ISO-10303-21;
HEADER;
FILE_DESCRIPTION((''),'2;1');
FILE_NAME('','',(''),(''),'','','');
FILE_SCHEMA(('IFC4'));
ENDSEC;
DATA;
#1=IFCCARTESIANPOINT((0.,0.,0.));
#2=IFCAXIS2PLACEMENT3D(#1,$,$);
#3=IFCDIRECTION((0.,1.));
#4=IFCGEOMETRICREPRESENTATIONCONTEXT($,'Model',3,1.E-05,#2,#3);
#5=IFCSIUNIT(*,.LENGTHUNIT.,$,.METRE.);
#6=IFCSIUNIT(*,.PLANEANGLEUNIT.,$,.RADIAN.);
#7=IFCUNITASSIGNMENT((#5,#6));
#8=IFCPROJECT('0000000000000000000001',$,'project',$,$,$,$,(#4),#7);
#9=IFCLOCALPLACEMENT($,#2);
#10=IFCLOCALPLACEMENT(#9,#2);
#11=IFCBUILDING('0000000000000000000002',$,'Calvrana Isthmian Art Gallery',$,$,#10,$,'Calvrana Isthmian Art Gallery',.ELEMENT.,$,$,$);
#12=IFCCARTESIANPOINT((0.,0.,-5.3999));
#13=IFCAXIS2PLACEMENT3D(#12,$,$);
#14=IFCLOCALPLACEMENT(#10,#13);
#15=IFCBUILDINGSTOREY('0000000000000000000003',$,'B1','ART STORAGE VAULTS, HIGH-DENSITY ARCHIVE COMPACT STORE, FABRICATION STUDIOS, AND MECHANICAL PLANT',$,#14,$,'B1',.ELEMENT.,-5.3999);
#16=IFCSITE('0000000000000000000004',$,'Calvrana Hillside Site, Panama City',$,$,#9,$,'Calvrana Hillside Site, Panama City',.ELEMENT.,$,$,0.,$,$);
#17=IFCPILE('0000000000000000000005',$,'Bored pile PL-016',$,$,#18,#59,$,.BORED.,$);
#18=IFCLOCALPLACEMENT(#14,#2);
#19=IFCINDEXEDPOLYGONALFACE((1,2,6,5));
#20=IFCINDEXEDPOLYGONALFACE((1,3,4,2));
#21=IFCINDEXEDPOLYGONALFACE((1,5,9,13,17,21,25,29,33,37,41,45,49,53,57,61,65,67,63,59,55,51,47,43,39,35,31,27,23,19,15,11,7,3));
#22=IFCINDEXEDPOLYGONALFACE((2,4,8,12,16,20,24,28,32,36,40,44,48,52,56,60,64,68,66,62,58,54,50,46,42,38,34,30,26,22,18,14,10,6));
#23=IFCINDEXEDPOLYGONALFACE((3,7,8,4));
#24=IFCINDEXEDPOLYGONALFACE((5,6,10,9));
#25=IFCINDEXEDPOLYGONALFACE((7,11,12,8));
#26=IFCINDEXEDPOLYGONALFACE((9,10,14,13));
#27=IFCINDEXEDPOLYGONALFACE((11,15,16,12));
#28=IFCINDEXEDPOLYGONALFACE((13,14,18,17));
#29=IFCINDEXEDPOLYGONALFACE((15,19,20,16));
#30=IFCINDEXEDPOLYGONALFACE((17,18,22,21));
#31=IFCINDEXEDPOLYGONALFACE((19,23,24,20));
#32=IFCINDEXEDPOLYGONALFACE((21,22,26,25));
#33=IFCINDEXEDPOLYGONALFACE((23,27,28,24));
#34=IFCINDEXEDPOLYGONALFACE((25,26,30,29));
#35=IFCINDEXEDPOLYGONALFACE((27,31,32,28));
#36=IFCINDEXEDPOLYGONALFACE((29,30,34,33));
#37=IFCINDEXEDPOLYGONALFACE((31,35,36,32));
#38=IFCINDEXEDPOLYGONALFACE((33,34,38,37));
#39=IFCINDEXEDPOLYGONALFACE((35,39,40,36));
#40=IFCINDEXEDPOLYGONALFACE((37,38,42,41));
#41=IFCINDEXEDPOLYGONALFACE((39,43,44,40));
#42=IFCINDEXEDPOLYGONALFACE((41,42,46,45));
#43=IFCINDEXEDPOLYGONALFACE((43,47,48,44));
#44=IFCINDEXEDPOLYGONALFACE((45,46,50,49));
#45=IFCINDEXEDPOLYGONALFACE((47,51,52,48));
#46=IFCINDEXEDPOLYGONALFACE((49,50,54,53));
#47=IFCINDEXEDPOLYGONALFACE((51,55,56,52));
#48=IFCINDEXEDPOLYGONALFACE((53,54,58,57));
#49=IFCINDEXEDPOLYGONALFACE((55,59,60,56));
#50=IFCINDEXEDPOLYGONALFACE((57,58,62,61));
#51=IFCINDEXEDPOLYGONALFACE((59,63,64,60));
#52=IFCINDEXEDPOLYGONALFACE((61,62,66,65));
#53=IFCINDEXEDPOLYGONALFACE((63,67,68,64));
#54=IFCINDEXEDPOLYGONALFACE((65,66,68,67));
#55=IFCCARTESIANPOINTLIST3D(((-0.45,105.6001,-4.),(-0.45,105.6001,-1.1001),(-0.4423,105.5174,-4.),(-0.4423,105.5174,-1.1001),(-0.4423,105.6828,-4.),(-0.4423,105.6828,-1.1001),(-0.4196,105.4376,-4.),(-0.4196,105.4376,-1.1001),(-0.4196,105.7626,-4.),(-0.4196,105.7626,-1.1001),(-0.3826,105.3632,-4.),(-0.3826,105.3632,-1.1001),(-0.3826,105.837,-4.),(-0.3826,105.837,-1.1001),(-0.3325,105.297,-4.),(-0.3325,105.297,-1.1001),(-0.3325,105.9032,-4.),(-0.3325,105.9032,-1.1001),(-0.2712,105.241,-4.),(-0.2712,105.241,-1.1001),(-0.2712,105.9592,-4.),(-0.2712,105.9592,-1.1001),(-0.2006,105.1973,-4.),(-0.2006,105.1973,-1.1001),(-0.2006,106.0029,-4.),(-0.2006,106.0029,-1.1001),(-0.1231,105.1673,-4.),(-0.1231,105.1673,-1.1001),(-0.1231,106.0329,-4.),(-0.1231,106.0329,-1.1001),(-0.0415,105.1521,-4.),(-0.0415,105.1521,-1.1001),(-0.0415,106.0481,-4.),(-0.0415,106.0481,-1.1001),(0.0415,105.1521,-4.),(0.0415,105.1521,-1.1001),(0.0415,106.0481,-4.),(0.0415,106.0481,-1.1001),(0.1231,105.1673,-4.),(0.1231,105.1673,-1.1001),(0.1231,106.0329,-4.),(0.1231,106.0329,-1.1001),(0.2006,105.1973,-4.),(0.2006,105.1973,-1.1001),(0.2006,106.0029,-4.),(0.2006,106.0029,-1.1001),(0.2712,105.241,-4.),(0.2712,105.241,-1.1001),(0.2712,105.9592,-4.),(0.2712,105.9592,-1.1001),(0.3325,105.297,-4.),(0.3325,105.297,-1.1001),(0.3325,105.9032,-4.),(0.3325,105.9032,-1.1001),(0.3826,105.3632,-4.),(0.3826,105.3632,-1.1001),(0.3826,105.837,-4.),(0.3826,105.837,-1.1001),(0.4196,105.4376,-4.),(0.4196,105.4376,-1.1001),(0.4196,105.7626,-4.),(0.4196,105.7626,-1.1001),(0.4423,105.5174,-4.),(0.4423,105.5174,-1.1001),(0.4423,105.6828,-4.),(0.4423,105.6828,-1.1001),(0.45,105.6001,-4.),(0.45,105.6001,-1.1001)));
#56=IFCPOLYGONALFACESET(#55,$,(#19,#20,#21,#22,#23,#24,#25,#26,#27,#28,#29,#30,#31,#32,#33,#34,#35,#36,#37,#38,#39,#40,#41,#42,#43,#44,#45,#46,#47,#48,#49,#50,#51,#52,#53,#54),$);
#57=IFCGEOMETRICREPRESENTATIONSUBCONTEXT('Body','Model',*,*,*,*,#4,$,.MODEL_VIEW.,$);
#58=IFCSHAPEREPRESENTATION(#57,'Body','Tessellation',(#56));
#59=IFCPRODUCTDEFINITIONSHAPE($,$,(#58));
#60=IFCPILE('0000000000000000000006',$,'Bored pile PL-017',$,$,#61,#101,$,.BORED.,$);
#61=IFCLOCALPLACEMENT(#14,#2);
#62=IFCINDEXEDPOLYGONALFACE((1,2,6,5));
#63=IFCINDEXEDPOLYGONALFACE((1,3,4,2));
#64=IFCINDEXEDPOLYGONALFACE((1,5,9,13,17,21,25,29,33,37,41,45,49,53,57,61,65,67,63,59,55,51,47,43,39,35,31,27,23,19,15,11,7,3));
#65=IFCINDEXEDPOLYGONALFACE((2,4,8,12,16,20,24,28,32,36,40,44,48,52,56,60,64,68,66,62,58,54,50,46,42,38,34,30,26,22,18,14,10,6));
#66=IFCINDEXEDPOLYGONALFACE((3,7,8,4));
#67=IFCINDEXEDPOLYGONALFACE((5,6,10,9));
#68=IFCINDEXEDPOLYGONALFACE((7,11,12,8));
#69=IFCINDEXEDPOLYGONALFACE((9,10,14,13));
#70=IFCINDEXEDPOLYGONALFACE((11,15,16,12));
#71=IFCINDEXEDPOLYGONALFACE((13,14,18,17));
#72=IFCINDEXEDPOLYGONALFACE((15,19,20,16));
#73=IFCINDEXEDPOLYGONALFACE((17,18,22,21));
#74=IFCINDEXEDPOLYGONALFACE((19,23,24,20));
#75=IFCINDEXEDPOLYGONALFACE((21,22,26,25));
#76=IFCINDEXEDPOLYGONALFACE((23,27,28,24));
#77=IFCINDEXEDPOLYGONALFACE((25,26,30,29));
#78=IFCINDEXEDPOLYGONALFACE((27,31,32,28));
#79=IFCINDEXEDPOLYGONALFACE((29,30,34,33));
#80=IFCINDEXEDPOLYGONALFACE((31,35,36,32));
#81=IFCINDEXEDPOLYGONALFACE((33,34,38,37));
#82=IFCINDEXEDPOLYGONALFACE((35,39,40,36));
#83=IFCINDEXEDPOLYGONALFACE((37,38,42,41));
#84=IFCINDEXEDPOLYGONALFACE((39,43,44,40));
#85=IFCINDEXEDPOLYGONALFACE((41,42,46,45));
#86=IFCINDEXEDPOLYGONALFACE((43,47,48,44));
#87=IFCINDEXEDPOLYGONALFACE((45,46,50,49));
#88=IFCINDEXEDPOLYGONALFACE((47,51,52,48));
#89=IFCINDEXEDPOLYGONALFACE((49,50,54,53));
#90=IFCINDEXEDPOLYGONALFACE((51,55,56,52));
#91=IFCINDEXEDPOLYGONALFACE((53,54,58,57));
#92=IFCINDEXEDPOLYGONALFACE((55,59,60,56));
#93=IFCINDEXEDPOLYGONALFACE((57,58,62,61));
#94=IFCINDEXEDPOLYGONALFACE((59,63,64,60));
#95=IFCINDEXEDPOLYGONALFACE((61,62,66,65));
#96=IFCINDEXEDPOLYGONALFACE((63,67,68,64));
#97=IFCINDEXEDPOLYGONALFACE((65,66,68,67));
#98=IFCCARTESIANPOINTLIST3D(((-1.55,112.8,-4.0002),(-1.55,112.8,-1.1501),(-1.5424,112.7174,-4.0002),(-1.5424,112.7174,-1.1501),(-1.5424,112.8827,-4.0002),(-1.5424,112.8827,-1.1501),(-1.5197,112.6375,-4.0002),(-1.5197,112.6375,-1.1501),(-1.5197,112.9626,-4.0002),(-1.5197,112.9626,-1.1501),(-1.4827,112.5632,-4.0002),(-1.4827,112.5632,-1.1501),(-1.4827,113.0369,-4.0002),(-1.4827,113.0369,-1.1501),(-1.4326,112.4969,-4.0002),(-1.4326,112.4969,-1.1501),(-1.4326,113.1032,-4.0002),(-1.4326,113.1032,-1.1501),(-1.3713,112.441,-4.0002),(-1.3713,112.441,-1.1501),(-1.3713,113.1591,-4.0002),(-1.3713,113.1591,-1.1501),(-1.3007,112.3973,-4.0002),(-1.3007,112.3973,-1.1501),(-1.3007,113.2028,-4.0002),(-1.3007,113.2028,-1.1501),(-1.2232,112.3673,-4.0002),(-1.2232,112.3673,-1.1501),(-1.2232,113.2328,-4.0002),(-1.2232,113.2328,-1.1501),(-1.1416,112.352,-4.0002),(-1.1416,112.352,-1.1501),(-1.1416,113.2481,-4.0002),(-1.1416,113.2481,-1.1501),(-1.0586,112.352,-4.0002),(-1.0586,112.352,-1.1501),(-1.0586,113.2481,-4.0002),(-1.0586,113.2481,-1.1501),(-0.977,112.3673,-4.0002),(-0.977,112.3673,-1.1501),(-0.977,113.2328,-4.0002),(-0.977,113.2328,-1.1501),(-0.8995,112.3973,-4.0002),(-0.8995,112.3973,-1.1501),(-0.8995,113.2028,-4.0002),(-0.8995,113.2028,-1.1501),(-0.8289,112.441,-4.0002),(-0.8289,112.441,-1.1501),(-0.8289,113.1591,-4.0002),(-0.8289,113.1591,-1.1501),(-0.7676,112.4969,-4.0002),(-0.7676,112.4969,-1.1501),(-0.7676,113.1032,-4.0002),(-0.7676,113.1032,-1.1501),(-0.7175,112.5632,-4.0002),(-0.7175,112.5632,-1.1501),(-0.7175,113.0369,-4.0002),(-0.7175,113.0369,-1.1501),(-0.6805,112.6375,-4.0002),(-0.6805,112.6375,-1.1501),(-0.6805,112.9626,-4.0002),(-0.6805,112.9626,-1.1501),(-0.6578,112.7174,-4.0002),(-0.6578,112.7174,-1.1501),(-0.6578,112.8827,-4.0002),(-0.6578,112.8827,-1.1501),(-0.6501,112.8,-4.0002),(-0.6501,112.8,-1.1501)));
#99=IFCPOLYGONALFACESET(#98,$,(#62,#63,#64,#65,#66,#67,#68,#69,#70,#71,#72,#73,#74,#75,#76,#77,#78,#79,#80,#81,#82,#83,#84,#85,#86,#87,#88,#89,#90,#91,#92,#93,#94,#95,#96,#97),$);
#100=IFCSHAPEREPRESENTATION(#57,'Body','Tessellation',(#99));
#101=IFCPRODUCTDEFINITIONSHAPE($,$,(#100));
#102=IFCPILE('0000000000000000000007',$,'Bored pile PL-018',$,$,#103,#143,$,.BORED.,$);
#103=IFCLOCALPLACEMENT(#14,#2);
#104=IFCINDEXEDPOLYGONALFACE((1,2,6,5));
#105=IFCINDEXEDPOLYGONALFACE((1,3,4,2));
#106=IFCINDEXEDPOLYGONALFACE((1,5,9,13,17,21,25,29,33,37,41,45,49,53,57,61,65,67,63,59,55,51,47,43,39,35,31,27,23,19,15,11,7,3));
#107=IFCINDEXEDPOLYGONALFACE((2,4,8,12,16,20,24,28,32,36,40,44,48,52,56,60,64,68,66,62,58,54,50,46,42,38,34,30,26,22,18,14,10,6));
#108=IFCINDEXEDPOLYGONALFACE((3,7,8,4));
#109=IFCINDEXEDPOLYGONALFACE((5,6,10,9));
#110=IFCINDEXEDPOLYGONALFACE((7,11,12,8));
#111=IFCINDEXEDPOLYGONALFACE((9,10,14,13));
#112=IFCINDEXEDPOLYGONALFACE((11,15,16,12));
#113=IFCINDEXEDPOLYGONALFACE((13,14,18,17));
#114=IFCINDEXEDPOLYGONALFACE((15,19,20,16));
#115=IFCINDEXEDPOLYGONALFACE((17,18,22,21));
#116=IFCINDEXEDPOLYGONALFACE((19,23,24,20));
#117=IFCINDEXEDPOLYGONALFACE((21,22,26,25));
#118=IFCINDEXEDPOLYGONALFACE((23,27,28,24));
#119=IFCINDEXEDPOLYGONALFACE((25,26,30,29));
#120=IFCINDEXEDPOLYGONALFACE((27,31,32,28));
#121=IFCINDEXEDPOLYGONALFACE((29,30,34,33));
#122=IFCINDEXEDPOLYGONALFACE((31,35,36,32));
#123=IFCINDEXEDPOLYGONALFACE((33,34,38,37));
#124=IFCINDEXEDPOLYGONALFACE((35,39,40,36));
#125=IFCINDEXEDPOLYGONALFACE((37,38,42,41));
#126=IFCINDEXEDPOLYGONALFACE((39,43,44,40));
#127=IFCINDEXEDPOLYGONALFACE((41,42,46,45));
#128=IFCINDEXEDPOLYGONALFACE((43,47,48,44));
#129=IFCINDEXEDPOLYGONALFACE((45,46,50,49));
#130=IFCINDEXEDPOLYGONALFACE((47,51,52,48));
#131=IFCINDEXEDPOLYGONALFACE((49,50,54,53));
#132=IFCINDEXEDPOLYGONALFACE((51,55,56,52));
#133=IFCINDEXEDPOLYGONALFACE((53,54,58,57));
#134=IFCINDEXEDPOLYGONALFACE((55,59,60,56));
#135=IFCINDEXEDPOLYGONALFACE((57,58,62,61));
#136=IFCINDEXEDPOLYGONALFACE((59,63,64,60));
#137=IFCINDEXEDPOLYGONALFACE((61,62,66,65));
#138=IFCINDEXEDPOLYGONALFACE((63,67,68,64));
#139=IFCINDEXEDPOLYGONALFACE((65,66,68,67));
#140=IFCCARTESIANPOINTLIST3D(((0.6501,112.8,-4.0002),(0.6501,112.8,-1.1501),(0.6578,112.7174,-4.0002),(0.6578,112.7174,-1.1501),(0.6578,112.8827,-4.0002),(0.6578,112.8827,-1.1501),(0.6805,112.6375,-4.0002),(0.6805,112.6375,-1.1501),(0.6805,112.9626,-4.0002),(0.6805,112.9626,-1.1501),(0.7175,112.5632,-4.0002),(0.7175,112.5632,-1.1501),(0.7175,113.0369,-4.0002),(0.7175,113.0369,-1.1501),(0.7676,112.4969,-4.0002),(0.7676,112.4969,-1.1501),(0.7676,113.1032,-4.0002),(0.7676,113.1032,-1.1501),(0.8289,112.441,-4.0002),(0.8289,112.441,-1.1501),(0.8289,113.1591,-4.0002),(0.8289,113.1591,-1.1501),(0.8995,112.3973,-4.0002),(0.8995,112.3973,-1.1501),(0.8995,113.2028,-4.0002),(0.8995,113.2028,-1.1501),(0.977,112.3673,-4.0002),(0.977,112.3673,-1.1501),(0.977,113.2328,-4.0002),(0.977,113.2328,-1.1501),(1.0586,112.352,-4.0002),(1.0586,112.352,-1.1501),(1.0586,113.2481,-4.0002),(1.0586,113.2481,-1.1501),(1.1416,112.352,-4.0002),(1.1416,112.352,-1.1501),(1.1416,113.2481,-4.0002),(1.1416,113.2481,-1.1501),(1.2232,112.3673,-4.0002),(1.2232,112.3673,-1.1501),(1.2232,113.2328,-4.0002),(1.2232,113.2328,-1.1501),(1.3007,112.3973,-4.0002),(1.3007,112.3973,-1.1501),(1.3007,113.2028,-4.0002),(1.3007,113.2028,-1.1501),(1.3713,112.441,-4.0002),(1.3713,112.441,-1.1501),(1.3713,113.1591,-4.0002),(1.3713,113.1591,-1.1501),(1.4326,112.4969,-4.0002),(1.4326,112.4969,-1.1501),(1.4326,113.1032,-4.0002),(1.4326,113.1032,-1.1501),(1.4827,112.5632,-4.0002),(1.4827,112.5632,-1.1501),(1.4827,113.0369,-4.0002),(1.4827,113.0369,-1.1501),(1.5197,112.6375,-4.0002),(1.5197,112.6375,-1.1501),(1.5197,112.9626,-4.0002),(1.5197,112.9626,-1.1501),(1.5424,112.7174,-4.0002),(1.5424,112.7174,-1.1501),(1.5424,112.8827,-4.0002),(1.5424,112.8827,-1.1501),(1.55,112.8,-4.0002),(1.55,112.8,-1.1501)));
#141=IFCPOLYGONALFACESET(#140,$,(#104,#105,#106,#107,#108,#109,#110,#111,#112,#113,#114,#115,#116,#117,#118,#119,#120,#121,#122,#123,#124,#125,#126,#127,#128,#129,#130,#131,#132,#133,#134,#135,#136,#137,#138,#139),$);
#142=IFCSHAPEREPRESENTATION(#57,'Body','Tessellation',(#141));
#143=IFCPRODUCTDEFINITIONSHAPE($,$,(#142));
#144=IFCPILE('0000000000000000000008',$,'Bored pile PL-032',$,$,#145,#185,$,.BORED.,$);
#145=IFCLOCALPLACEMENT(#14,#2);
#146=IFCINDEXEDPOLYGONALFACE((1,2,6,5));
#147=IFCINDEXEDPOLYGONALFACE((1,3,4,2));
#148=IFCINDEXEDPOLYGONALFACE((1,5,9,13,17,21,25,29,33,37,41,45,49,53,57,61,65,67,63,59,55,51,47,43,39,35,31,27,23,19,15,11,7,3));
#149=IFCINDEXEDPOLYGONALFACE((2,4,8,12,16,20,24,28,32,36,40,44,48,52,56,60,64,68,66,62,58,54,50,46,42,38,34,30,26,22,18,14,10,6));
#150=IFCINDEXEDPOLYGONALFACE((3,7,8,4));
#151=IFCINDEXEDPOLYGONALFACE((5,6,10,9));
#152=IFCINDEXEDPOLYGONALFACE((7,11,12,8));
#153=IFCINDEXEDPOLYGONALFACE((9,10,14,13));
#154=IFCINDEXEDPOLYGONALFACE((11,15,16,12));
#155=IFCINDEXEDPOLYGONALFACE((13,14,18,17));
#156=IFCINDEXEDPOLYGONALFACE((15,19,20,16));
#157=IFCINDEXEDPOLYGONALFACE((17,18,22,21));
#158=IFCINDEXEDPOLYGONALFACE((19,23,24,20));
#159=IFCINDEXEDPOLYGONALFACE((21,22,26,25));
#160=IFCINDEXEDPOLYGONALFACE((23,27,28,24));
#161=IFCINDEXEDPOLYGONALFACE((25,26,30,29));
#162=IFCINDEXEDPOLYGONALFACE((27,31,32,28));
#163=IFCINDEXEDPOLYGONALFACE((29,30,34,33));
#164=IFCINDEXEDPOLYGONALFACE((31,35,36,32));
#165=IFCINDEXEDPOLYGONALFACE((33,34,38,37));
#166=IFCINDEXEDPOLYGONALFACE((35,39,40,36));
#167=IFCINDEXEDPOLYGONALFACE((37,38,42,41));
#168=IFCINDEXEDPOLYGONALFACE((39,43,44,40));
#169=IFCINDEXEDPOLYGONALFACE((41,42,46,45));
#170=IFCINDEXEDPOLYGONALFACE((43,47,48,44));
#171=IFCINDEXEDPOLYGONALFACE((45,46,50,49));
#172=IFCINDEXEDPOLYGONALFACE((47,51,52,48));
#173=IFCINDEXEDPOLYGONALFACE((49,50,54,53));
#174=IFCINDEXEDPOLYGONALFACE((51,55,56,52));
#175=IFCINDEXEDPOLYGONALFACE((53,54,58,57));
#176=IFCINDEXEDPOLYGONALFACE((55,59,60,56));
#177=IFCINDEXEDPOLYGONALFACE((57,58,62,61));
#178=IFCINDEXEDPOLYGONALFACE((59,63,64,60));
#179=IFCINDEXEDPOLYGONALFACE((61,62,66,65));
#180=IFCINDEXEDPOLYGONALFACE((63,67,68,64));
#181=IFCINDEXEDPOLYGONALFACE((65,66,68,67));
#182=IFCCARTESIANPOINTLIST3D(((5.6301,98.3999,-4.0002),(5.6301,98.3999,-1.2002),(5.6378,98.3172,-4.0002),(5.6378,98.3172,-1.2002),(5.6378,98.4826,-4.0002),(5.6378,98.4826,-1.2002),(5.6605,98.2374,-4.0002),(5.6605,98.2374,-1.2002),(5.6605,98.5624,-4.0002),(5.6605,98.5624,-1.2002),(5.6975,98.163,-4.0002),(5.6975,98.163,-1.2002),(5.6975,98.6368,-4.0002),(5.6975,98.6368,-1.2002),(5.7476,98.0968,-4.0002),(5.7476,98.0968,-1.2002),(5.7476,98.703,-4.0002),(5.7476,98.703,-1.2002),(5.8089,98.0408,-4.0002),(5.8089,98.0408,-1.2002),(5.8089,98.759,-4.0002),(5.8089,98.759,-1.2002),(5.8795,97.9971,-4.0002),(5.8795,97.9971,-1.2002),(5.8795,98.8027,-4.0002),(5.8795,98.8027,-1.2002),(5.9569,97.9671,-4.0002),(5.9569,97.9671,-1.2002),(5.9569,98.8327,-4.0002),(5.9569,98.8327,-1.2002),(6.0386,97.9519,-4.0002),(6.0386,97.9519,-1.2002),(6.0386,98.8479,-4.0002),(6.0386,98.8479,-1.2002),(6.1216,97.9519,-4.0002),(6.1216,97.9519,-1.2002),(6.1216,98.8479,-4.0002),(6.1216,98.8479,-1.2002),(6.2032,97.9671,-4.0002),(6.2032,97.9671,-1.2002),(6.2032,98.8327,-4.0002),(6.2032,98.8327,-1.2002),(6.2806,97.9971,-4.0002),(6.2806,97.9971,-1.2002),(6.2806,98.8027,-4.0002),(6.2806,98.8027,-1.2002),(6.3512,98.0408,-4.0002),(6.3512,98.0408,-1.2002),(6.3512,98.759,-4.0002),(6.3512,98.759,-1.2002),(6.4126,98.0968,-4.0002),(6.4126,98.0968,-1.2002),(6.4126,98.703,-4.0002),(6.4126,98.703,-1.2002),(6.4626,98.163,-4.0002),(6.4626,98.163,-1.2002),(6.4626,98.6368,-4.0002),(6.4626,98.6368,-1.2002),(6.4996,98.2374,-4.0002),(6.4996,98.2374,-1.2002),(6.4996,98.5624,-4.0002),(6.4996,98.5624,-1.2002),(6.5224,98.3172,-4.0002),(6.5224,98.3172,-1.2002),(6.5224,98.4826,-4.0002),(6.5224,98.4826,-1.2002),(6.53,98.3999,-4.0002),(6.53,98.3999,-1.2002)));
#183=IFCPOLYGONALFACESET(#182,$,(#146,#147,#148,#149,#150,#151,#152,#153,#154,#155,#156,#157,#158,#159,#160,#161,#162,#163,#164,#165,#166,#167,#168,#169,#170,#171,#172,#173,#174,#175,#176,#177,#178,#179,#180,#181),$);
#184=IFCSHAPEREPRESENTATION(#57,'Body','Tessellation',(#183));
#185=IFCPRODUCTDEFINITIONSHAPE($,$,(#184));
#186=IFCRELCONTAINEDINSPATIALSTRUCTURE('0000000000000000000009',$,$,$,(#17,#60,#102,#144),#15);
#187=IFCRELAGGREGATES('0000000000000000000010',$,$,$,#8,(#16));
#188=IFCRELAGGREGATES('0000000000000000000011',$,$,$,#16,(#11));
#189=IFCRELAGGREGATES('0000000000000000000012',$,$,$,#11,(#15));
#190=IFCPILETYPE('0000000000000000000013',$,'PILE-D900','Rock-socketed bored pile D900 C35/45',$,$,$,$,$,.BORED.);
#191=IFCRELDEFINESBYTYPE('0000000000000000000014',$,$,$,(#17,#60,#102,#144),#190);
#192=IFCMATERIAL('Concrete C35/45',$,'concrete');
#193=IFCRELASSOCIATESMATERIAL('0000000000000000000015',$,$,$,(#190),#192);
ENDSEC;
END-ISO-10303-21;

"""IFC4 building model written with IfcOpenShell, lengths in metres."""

from ifc_helpers import new_model, si_unit, direction, frame, origin, origin_2d, place, context, subcontext, project, spatial, circle, extrude, material, material_profile, profile_set, type_object, element, save


model = new_model("IFC4")

# Units and contexts
model_context = context("Model", 3, precision=1e-05, world=origin(), true_north=direction((0.0, 1.0)))
body_context = subcontext(model_context, "Body", "Model", "MODEL_VIEW")
ifc_project = project(units=[si_unit("LENGTHUNIT", "METRE"), si_unit("PLANEANGLEUNIT", "RADIAN")], contexts=[model_context])

# Site, building, storey
site_placement = place(None, origin())
site = spatial("IfcSite", under=ifc_project, at=site_placement, Name="Calvrana Hillside Site, Panama City", LongName="Calvrana Hillside Site, Panama City", CompositionType="ELEMENT", RefElevation=0.0)
building_placement = place(site_placement, origin())
building = spatial("IfcBuilding", under=site, at=building_placement, Name="Calvrana Isthmian Art Gallery", LongName="Calvrana Isthmian Art Gallery", CompositionType="ELEMENT")
storey_placement = place(building_placement, frame((0.0, 0.0, -5.3999)))
storey = spatial("IfcBuildingStorey", under=building, at=storey_placement, Name="B1", Description="ART STORAGE VAULTS, HIGH-DENSITY ARCHIVE COMPACT STORE, FABRICATION STUDIOS, AND MECHANICAL PLANT", LongName="B1", CompositionType="ELEMENT", Elevation=-5.3999)

# Shared definitions
ifc_material_1 = material(Name="Concrete C35/45", Category="concrete")

# Piles
ifc_material_profile_1 = material_profile(ifc_material_1, circle(Radius=0.45, at=origin_2d()), Name="PILE900D")
ifc_profile_set_1 = profile_set([ifc_material_profile_1], Name="Concrete C35/45")
pile_type_1 = type_object("IfcPileType", Name="PILE-D900", Description="Rock-socketed bored pile D900 C35/45", PredefinedType="BORED", material=ifc_profile_set_1)
for number, where, z_axis, x_axis, name in (
    (1, (0.0, 105.6001, -1.1001), (0.0, 0.0, -1.0), (1.0, 0.0, 0.0), "Bored pile PL-016"),
):
    element("IfcPile", number, at=place(storey_placement, frame(where, z_axis=z_axis, x_axis=x_axis)), inside=storey, type_object=pile_type_1, Name=name, PredefinedType="BORED", context=body_context, shape_type="SweptSolid", body=[
        extrude(circle(Radius=0.45, at=origin_2d()), origin(), (0.0, 0.0, 1.0), 2.8999),
    ])
for number, where, z_axis, x_axis, name in (
    (2, (-1.1001, 112.8, -1.1501), (0.0, 0.0, -1.0), (1.0, 0.0, 0.0), "Bored pile PL-017"),
    (3, (1.1001, 112.8, -1.1501), (0.0, 0.0, -1.0), (1.0, 0.0, 0.0), "Bored pile PL-018"),
):
    element("IfcPile", number, at=place(storey_placement, frame(where, z_axis=z_axis, x_axis=x_axis)), inside=storey, type_object=pile_type_1, Name=name, PredefinedType="BORED", context=body_context, shape_type="SweptSolid", body=[
        extrude(circle(Radius=0.45, at=origin_2d()), origin(), (0.0, 0.0, 1.0), 2.8501),
    ])
for number, where, z_axis, x_axis, name in (
    (4, (6.0801, 98.3999, -1.2002), (0.0, 0.0, -1.0), (1.0, 0.0, 0.0), "Bored pile PL-032"),
):
    element("IfcPile", number, at=place(storey_placement, frame(where, z_axis=z_axis, x_axis=x_axis)), inside=storey, type_object=pile_type_1, Name=name, PredefinedType="BORED", context=body_context, shape_type="SweptSolid", body=[
        extrude(circle(Radius=0.45, at=origin_2d()), origin(), (0.0, 0.0, 1.0), 2.8),
    ])

save(model, "model.ifc")
